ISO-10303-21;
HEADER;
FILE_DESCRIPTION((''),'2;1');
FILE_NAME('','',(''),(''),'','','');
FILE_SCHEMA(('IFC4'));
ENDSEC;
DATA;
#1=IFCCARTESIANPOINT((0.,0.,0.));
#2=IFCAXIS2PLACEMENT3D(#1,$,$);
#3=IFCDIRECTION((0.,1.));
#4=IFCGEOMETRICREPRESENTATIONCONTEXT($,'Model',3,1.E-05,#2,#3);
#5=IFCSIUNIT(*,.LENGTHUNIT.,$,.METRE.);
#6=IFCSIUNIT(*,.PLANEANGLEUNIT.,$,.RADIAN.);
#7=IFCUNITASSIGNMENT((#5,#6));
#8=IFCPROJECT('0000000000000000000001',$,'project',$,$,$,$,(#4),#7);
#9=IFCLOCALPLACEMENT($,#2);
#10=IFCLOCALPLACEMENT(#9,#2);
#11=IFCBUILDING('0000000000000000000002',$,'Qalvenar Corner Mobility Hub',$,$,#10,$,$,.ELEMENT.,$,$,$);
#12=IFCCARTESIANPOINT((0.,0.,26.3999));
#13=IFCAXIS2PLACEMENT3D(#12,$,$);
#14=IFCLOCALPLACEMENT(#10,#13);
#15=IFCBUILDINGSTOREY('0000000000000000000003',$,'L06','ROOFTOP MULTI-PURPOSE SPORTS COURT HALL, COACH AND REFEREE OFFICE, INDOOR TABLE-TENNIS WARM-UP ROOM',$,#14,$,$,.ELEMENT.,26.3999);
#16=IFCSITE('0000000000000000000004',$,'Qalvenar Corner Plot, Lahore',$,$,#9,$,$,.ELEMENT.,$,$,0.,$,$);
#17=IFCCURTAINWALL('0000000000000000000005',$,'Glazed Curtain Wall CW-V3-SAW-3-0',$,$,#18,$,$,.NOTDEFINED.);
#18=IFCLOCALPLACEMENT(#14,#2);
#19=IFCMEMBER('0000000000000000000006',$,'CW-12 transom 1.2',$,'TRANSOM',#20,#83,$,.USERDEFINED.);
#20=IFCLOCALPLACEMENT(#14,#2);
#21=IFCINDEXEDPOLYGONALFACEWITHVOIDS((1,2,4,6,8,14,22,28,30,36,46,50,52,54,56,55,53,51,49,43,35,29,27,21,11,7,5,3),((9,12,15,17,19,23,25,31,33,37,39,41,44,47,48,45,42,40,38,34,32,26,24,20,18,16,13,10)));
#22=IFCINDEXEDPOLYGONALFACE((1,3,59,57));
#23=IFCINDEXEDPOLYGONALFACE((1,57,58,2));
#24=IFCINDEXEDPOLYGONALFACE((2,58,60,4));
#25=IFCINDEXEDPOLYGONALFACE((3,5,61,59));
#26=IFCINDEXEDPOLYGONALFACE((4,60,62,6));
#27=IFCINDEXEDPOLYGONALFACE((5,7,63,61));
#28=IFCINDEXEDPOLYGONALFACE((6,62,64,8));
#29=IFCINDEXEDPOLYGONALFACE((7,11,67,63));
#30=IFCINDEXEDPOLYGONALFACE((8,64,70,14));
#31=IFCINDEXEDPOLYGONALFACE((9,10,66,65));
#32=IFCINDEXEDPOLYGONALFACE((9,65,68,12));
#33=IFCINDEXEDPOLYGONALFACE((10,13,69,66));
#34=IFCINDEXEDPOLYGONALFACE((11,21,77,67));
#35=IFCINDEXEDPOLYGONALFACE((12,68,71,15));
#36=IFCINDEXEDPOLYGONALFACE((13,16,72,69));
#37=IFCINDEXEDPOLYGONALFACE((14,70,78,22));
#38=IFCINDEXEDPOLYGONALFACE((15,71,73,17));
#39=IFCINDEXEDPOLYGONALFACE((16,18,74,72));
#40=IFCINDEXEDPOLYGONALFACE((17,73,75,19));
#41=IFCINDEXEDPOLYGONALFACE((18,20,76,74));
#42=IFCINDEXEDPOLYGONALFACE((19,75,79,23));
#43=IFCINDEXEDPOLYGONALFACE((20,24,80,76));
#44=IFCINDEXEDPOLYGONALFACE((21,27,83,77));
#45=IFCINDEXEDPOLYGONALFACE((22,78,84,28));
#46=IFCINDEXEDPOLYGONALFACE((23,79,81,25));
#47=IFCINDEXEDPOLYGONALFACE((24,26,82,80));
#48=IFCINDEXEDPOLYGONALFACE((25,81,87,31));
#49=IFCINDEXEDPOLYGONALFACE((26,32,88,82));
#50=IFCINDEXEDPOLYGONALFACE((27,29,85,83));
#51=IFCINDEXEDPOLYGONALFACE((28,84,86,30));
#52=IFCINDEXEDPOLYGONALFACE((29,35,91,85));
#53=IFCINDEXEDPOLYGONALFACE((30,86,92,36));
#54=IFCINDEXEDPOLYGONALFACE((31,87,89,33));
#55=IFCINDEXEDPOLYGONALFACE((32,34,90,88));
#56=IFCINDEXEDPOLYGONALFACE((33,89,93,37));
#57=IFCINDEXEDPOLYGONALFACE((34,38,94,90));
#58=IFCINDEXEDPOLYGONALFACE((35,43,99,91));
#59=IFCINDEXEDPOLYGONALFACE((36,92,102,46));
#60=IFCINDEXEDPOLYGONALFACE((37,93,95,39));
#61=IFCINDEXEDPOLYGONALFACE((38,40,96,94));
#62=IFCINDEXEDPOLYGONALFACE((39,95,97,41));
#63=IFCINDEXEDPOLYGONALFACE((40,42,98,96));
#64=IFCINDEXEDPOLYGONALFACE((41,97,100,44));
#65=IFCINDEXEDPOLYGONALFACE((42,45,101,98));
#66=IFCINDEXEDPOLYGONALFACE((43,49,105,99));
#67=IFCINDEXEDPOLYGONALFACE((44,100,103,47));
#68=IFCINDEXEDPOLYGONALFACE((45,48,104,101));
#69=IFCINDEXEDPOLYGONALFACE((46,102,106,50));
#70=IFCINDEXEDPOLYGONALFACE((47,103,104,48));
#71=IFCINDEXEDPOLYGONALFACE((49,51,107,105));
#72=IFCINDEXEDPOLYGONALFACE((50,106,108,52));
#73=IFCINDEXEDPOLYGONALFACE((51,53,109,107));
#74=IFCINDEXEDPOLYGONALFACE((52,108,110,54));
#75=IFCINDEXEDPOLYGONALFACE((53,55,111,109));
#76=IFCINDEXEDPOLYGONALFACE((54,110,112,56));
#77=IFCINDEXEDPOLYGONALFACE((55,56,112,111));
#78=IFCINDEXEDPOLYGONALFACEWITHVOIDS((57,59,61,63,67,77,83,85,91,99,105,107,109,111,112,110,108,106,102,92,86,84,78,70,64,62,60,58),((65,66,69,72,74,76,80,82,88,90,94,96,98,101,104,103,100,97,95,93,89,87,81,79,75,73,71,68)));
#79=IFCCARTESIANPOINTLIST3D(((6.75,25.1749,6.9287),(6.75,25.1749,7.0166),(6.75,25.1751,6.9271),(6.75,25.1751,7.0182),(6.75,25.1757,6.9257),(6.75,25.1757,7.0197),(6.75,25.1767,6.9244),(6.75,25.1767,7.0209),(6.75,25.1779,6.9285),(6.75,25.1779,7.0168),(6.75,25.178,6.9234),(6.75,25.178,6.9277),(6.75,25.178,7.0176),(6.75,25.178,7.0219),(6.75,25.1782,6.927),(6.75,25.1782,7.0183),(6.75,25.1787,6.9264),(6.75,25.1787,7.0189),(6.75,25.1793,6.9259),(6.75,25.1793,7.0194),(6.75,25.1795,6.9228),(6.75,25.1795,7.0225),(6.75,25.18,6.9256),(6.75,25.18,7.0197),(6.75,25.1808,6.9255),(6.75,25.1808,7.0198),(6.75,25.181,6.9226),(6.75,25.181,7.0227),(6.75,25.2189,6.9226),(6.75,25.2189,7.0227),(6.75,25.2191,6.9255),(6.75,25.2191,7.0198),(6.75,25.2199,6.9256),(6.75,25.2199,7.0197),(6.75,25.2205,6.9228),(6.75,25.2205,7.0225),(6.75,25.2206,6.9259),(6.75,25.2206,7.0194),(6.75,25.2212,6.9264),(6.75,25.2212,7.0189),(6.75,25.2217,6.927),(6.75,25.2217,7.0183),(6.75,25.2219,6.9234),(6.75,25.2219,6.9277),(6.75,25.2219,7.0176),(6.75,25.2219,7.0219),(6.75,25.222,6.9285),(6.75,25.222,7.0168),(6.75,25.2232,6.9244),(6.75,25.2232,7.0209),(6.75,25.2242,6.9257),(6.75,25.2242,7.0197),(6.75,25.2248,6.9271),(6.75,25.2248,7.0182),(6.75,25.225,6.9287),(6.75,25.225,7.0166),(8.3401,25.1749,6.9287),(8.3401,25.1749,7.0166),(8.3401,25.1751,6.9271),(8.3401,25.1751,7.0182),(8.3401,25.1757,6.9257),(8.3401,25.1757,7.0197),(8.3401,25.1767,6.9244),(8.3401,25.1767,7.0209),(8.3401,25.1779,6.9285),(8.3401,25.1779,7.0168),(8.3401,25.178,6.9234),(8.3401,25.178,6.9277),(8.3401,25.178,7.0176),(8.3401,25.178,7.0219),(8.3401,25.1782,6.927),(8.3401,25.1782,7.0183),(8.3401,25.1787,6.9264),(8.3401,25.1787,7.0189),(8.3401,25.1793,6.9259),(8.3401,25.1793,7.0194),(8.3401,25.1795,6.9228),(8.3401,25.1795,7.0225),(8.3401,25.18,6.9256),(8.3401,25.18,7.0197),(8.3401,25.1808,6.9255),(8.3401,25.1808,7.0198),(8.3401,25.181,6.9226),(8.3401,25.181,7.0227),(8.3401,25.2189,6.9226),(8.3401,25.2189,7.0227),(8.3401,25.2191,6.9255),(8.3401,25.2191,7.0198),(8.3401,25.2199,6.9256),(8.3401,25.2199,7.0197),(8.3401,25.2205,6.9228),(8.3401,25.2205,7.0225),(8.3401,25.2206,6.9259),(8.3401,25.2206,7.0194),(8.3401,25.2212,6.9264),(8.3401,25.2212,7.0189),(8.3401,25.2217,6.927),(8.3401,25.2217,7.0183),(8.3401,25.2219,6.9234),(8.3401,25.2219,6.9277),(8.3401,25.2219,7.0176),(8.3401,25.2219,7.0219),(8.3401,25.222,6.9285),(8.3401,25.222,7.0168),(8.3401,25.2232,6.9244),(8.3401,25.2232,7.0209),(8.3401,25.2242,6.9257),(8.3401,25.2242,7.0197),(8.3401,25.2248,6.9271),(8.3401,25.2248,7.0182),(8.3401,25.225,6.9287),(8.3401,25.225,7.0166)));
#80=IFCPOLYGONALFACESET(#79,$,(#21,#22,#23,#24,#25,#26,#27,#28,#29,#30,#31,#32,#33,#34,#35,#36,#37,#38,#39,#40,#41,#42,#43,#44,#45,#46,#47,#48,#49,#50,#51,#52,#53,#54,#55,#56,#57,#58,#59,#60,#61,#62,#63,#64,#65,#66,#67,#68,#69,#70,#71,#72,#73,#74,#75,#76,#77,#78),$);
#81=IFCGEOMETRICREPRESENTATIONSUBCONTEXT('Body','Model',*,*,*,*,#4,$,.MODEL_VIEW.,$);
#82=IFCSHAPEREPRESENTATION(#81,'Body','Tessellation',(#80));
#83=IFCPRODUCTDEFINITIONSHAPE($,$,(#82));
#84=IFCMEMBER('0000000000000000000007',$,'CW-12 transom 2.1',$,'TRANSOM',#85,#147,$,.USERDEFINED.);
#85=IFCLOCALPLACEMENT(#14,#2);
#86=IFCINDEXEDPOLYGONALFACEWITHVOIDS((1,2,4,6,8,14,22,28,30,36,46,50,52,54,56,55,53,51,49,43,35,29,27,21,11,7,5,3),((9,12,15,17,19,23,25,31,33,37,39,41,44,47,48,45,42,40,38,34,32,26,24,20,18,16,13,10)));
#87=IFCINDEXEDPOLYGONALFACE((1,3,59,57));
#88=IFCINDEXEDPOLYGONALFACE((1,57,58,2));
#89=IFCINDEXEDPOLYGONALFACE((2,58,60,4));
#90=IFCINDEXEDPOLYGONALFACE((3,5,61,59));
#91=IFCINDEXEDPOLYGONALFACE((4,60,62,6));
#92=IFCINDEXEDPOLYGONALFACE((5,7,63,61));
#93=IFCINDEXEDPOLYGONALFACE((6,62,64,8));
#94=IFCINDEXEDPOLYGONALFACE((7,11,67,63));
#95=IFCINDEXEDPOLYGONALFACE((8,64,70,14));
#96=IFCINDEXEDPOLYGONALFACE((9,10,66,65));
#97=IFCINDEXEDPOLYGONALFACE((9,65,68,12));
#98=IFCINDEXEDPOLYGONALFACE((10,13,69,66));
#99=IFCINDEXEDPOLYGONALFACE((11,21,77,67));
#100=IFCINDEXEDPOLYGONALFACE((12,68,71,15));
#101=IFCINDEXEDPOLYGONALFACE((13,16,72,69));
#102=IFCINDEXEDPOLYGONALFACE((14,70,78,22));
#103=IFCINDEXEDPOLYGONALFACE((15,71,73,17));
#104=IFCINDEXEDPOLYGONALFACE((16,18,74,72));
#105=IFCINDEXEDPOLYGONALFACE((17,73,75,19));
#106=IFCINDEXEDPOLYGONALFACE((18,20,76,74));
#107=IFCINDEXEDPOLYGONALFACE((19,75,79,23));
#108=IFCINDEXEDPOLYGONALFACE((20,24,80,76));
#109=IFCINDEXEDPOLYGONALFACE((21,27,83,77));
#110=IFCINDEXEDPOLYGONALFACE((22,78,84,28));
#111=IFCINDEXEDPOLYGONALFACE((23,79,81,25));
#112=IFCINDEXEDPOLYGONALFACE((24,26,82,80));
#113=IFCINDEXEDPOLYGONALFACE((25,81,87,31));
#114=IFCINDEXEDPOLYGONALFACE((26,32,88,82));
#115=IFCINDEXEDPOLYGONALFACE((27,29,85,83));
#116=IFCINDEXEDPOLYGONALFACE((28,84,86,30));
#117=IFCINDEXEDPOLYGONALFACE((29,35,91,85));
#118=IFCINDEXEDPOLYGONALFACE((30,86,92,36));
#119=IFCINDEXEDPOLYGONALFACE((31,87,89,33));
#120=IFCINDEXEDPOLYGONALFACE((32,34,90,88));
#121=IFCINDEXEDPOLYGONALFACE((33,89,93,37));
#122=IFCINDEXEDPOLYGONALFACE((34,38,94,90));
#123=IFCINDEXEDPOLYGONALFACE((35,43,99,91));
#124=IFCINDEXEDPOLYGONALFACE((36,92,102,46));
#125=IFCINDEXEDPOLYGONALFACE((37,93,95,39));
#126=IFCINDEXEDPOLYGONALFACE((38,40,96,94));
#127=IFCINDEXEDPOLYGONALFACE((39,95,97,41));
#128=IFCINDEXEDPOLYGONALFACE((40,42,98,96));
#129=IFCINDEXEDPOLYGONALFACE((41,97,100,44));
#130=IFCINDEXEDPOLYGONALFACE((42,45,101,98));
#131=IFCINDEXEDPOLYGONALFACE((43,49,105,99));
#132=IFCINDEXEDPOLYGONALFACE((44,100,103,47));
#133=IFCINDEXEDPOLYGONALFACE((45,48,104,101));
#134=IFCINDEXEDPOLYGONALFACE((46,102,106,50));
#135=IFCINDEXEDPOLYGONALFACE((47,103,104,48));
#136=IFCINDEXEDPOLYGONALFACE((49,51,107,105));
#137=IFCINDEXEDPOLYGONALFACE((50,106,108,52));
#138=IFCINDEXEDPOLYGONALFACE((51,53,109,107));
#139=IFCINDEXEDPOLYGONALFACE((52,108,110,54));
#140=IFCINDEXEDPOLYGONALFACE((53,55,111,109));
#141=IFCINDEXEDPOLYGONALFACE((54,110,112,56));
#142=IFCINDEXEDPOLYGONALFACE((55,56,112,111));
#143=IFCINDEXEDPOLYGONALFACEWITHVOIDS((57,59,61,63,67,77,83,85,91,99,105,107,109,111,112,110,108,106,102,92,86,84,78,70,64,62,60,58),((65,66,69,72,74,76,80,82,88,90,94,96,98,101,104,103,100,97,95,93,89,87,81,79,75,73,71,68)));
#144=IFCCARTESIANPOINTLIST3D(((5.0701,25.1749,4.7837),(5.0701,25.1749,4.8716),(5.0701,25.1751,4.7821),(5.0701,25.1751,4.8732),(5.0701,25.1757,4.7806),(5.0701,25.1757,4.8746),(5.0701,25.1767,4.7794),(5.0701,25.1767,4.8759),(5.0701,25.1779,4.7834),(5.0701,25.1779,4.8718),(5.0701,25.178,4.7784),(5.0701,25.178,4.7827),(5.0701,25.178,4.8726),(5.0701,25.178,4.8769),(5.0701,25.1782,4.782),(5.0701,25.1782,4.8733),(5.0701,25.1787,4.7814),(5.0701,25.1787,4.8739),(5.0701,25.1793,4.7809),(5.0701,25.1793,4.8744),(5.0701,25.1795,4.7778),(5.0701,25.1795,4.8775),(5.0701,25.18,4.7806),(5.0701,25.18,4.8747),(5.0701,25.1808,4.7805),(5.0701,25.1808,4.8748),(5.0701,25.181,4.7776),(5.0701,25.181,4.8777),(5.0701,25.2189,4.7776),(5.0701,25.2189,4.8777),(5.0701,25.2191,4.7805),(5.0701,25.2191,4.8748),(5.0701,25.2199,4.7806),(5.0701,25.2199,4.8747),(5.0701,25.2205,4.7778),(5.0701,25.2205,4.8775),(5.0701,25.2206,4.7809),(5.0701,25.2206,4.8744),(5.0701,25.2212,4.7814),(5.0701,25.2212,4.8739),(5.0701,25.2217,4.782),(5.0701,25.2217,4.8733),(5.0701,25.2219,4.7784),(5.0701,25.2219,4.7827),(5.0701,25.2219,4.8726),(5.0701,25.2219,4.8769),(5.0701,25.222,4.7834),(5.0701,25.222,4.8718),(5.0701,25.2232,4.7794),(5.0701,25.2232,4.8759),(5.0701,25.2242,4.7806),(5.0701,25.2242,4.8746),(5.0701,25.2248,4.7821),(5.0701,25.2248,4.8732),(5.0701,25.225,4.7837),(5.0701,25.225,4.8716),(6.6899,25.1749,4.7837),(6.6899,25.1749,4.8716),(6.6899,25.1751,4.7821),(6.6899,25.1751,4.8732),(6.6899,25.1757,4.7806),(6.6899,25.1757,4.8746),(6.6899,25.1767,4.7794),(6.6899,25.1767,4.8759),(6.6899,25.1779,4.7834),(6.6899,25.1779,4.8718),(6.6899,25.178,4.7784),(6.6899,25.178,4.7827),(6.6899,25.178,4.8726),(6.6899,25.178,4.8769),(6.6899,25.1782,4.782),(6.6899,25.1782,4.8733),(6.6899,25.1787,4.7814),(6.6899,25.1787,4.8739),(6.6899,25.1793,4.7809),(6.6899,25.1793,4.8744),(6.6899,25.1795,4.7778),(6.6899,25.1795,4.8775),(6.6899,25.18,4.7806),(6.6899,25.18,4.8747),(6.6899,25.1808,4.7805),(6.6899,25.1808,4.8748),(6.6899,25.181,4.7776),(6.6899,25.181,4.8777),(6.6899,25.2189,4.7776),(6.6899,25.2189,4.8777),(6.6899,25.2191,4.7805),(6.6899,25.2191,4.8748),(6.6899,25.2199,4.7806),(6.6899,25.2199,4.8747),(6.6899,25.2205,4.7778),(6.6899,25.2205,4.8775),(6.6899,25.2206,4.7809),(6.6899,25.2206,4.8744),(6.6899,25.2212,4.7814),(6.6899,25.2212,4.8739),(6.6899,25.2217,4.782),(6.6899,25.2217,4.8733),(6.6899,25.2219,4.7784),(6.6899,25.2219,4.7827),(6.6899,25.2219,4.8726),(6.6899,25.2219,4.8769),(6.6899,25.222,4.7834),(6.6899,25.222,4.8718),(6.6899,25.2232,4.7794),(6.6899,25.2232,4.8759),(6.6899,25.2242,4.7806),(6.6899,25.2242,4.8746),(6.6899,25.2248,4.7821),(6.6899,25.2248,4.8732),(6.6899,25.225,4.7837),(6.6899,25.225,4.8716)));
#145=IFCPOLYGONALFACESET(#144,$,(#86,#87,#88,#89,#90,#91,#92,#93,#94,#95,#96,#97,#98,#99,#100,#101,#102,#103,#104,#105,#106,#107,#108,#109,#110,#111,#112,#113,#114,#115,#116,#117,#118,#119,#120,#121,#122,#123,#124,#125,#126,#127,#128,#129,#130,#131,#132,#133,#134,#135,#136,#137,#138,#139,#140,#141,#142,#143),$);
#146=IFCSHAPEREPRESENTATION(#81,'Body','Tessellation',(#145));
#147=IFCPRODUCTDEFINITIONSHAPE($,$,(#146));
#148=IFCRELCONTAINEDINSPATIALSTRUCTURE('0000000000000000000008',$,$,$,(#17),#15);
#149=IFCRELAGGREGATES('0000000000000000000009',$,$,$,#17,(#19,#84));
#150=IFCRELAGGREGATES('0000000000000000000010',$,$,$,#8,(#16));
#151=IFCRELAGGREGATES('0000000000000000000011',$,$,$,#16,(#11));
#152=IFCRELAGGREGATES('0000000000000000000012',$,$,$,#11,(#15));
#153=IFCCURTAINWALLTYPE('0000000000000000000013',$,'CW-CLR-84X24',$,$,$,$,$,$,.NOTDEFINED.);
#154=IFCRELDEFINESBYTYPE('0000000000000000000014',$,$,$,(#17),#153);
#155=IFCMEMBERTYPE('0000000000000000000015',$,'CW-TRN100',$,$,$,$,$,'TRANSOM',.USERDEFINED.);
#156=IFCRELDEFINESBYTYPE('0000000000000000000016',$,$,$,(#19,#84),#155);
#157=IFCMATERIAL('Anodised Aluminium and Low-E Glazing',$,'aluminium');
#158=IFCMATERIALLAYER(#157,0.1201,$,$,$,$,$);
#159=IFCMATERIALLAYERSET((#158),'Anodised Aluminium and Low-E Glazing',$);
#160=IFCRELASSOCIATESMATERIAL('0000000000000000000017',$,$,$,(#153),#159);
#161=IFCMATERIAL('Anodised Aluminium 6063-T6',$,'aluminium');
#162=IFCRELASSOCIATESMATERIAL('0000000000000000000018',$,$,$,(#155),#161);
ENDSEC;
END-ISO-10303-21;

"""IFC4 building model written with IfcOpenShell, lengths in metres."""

from ifc_helpers import new_model, si_unit, direction, frame, origin, origin_2d, place, context, subcontext, project, spatial, hollow_rectangle, extrude, material, layer, layer_set, material_profile, profile_set, type_object, element, aggregate, save


model = new_model("IFC4")

# Units and contexts
model_context = context("Model", 3, precision=1e-05, world=origin(), true_north=direction((0.0, 1.0)))
body_context = subcontext(model_context, "Body", "Model", "MODEL_VIEW")
ifc_project = project(units=[si_unit("LENGTHUNIT", "METRE"), si_unit("PLANEANGLEUNIT", "RADIAN")], contexts=[model_context])

# Site, building, storey
site_placement = place(None, origin())
site = spatial("IfcSite", under=ifc_project, at=site_placement, Name="Qalvenar Corner Plot, Lahore", CompositionType="ELEMENT", RefElevation=0.0)
building_placement = place(site_placement, origin())
building = spatial("IfcBuilding", under=site, at=building_placement, Name="Qalvenar Corner Mobility Hub", CompositionType="ELEMENT")
storey_placement = place(building_placement, frame((0.0, 0.0, 26.3999)))
storey = spatial("IfcBuildingStorey", under=building, at=storey_placement, Name="L06", Description="ROOFTOP MULTI-PURPOSE SPORTS COURT HALL, COACH AND REFEREE OFFICE, INDOOR TABLE-TENNIS WARM-UP ROOM", CompositionType="ELEMENT", Elevation=26.3999)

# Curtain wall
ifc_material_1 = material(Name="Anodised Aluminium and Low-E Glazing", Category="aluminium")
ifc_layer_1 = layer(ifc_material_1, 0.1201)
ifc_layer_set_1 = layer_set([ifc_layer_1], Name="Anodised Aluminium and Low-E Glazing")
curtain_wall_type = type_object("IfcCurtainWallType", Name="CW-CLR-84X24", PredefinedType="NOTDEFINED", material=ifc_layer_set_1)
curtain_wall_1_placement = place(storey_placement, origin())
curtain_wall_1 = element("IfcCurtainWall", 1, at=curtain_wall_1_placement, inside=storey, type_object=curtain_wall_type, Name="Glazed Curtain Wall CW-V3-SAW-3-0", PredefinedType="NOTDEFINED")
ifc_material_2 = material(Name="Anodised Aluminium 6063-T6", Category="aluminium")

# Members
ifc_material_profile_1 = material_profile(ifc_material_2, hollow_rectangle(XDim=0.05, YDim=0.1001, WallThickness=0.0029, InnerFilletRadius=0.0029, OuterFilletRadius=0.0061, at=origin_2d()), Name="RHS100x50x3")
ifc_profile_set_1 = profile_set([ifc_material_profile_1], Name="Anodised Aluminium 6063-T6")
member_type_1 = type_object("IfcMemberType", Name="CW-TRN100", ElementType="TRANSOM", PredefinedType="USERDEFINED", material=ifc_profile_set_1)
member_1_placement = place(storey_placement, frame((8.3401, 25.2, 6.9727), z_axis=(-1.0, 0.0, 0.0), x_axis=(0.0, -1.0, 0.0)))
member_1 = element("IfcMember", 2, at=member_1_placement, type_object=member_type_1, Name="CW-12 transom 1.2", ObjectType="TRANSOM", PredefinedType="USERDEFINED", context=body_context, shape_type="SweptSolid", body=[
    extrude(hollow_rectangle(XDim=0.05, YDim=0.1001, WallThickness=0.0029, InnerFilletRadius=0.0029, OuterFilletRadius=0.0061, at=origin_2d()), origin(), (0.0, 0.0, 1.0), 1.5901),
])
member_2_placement = place(storey_placement, frame((6.6899, 25.2, 4.8276), z_axis=(-1.0, 0.0, 0.0), x_axis=(0.0, -1.0, 0.0)))
member_2 = element("IfcMember", 3, at=member_2_placement, type_object=member_type_1, Name="CW-12 transom 2.1", ObjectType="TRANSOM", PredefinedType="USERDEFINED", context=body_context, shape_type="SweptSolid", body=[
    extrude(hollow_rectangle(XDim=0.05, YDim=0.1001, WallThickness=0.0029, InnerFilletRadius=0.0029, OuterFilletRadius=0.0061, at=origin_2d()), origin(), (0.0, 0.0, 1.0), 1.6199),
])

aggregate(curtain_wall_1, [member_1, member_2])

save(model, "model.ifc")
